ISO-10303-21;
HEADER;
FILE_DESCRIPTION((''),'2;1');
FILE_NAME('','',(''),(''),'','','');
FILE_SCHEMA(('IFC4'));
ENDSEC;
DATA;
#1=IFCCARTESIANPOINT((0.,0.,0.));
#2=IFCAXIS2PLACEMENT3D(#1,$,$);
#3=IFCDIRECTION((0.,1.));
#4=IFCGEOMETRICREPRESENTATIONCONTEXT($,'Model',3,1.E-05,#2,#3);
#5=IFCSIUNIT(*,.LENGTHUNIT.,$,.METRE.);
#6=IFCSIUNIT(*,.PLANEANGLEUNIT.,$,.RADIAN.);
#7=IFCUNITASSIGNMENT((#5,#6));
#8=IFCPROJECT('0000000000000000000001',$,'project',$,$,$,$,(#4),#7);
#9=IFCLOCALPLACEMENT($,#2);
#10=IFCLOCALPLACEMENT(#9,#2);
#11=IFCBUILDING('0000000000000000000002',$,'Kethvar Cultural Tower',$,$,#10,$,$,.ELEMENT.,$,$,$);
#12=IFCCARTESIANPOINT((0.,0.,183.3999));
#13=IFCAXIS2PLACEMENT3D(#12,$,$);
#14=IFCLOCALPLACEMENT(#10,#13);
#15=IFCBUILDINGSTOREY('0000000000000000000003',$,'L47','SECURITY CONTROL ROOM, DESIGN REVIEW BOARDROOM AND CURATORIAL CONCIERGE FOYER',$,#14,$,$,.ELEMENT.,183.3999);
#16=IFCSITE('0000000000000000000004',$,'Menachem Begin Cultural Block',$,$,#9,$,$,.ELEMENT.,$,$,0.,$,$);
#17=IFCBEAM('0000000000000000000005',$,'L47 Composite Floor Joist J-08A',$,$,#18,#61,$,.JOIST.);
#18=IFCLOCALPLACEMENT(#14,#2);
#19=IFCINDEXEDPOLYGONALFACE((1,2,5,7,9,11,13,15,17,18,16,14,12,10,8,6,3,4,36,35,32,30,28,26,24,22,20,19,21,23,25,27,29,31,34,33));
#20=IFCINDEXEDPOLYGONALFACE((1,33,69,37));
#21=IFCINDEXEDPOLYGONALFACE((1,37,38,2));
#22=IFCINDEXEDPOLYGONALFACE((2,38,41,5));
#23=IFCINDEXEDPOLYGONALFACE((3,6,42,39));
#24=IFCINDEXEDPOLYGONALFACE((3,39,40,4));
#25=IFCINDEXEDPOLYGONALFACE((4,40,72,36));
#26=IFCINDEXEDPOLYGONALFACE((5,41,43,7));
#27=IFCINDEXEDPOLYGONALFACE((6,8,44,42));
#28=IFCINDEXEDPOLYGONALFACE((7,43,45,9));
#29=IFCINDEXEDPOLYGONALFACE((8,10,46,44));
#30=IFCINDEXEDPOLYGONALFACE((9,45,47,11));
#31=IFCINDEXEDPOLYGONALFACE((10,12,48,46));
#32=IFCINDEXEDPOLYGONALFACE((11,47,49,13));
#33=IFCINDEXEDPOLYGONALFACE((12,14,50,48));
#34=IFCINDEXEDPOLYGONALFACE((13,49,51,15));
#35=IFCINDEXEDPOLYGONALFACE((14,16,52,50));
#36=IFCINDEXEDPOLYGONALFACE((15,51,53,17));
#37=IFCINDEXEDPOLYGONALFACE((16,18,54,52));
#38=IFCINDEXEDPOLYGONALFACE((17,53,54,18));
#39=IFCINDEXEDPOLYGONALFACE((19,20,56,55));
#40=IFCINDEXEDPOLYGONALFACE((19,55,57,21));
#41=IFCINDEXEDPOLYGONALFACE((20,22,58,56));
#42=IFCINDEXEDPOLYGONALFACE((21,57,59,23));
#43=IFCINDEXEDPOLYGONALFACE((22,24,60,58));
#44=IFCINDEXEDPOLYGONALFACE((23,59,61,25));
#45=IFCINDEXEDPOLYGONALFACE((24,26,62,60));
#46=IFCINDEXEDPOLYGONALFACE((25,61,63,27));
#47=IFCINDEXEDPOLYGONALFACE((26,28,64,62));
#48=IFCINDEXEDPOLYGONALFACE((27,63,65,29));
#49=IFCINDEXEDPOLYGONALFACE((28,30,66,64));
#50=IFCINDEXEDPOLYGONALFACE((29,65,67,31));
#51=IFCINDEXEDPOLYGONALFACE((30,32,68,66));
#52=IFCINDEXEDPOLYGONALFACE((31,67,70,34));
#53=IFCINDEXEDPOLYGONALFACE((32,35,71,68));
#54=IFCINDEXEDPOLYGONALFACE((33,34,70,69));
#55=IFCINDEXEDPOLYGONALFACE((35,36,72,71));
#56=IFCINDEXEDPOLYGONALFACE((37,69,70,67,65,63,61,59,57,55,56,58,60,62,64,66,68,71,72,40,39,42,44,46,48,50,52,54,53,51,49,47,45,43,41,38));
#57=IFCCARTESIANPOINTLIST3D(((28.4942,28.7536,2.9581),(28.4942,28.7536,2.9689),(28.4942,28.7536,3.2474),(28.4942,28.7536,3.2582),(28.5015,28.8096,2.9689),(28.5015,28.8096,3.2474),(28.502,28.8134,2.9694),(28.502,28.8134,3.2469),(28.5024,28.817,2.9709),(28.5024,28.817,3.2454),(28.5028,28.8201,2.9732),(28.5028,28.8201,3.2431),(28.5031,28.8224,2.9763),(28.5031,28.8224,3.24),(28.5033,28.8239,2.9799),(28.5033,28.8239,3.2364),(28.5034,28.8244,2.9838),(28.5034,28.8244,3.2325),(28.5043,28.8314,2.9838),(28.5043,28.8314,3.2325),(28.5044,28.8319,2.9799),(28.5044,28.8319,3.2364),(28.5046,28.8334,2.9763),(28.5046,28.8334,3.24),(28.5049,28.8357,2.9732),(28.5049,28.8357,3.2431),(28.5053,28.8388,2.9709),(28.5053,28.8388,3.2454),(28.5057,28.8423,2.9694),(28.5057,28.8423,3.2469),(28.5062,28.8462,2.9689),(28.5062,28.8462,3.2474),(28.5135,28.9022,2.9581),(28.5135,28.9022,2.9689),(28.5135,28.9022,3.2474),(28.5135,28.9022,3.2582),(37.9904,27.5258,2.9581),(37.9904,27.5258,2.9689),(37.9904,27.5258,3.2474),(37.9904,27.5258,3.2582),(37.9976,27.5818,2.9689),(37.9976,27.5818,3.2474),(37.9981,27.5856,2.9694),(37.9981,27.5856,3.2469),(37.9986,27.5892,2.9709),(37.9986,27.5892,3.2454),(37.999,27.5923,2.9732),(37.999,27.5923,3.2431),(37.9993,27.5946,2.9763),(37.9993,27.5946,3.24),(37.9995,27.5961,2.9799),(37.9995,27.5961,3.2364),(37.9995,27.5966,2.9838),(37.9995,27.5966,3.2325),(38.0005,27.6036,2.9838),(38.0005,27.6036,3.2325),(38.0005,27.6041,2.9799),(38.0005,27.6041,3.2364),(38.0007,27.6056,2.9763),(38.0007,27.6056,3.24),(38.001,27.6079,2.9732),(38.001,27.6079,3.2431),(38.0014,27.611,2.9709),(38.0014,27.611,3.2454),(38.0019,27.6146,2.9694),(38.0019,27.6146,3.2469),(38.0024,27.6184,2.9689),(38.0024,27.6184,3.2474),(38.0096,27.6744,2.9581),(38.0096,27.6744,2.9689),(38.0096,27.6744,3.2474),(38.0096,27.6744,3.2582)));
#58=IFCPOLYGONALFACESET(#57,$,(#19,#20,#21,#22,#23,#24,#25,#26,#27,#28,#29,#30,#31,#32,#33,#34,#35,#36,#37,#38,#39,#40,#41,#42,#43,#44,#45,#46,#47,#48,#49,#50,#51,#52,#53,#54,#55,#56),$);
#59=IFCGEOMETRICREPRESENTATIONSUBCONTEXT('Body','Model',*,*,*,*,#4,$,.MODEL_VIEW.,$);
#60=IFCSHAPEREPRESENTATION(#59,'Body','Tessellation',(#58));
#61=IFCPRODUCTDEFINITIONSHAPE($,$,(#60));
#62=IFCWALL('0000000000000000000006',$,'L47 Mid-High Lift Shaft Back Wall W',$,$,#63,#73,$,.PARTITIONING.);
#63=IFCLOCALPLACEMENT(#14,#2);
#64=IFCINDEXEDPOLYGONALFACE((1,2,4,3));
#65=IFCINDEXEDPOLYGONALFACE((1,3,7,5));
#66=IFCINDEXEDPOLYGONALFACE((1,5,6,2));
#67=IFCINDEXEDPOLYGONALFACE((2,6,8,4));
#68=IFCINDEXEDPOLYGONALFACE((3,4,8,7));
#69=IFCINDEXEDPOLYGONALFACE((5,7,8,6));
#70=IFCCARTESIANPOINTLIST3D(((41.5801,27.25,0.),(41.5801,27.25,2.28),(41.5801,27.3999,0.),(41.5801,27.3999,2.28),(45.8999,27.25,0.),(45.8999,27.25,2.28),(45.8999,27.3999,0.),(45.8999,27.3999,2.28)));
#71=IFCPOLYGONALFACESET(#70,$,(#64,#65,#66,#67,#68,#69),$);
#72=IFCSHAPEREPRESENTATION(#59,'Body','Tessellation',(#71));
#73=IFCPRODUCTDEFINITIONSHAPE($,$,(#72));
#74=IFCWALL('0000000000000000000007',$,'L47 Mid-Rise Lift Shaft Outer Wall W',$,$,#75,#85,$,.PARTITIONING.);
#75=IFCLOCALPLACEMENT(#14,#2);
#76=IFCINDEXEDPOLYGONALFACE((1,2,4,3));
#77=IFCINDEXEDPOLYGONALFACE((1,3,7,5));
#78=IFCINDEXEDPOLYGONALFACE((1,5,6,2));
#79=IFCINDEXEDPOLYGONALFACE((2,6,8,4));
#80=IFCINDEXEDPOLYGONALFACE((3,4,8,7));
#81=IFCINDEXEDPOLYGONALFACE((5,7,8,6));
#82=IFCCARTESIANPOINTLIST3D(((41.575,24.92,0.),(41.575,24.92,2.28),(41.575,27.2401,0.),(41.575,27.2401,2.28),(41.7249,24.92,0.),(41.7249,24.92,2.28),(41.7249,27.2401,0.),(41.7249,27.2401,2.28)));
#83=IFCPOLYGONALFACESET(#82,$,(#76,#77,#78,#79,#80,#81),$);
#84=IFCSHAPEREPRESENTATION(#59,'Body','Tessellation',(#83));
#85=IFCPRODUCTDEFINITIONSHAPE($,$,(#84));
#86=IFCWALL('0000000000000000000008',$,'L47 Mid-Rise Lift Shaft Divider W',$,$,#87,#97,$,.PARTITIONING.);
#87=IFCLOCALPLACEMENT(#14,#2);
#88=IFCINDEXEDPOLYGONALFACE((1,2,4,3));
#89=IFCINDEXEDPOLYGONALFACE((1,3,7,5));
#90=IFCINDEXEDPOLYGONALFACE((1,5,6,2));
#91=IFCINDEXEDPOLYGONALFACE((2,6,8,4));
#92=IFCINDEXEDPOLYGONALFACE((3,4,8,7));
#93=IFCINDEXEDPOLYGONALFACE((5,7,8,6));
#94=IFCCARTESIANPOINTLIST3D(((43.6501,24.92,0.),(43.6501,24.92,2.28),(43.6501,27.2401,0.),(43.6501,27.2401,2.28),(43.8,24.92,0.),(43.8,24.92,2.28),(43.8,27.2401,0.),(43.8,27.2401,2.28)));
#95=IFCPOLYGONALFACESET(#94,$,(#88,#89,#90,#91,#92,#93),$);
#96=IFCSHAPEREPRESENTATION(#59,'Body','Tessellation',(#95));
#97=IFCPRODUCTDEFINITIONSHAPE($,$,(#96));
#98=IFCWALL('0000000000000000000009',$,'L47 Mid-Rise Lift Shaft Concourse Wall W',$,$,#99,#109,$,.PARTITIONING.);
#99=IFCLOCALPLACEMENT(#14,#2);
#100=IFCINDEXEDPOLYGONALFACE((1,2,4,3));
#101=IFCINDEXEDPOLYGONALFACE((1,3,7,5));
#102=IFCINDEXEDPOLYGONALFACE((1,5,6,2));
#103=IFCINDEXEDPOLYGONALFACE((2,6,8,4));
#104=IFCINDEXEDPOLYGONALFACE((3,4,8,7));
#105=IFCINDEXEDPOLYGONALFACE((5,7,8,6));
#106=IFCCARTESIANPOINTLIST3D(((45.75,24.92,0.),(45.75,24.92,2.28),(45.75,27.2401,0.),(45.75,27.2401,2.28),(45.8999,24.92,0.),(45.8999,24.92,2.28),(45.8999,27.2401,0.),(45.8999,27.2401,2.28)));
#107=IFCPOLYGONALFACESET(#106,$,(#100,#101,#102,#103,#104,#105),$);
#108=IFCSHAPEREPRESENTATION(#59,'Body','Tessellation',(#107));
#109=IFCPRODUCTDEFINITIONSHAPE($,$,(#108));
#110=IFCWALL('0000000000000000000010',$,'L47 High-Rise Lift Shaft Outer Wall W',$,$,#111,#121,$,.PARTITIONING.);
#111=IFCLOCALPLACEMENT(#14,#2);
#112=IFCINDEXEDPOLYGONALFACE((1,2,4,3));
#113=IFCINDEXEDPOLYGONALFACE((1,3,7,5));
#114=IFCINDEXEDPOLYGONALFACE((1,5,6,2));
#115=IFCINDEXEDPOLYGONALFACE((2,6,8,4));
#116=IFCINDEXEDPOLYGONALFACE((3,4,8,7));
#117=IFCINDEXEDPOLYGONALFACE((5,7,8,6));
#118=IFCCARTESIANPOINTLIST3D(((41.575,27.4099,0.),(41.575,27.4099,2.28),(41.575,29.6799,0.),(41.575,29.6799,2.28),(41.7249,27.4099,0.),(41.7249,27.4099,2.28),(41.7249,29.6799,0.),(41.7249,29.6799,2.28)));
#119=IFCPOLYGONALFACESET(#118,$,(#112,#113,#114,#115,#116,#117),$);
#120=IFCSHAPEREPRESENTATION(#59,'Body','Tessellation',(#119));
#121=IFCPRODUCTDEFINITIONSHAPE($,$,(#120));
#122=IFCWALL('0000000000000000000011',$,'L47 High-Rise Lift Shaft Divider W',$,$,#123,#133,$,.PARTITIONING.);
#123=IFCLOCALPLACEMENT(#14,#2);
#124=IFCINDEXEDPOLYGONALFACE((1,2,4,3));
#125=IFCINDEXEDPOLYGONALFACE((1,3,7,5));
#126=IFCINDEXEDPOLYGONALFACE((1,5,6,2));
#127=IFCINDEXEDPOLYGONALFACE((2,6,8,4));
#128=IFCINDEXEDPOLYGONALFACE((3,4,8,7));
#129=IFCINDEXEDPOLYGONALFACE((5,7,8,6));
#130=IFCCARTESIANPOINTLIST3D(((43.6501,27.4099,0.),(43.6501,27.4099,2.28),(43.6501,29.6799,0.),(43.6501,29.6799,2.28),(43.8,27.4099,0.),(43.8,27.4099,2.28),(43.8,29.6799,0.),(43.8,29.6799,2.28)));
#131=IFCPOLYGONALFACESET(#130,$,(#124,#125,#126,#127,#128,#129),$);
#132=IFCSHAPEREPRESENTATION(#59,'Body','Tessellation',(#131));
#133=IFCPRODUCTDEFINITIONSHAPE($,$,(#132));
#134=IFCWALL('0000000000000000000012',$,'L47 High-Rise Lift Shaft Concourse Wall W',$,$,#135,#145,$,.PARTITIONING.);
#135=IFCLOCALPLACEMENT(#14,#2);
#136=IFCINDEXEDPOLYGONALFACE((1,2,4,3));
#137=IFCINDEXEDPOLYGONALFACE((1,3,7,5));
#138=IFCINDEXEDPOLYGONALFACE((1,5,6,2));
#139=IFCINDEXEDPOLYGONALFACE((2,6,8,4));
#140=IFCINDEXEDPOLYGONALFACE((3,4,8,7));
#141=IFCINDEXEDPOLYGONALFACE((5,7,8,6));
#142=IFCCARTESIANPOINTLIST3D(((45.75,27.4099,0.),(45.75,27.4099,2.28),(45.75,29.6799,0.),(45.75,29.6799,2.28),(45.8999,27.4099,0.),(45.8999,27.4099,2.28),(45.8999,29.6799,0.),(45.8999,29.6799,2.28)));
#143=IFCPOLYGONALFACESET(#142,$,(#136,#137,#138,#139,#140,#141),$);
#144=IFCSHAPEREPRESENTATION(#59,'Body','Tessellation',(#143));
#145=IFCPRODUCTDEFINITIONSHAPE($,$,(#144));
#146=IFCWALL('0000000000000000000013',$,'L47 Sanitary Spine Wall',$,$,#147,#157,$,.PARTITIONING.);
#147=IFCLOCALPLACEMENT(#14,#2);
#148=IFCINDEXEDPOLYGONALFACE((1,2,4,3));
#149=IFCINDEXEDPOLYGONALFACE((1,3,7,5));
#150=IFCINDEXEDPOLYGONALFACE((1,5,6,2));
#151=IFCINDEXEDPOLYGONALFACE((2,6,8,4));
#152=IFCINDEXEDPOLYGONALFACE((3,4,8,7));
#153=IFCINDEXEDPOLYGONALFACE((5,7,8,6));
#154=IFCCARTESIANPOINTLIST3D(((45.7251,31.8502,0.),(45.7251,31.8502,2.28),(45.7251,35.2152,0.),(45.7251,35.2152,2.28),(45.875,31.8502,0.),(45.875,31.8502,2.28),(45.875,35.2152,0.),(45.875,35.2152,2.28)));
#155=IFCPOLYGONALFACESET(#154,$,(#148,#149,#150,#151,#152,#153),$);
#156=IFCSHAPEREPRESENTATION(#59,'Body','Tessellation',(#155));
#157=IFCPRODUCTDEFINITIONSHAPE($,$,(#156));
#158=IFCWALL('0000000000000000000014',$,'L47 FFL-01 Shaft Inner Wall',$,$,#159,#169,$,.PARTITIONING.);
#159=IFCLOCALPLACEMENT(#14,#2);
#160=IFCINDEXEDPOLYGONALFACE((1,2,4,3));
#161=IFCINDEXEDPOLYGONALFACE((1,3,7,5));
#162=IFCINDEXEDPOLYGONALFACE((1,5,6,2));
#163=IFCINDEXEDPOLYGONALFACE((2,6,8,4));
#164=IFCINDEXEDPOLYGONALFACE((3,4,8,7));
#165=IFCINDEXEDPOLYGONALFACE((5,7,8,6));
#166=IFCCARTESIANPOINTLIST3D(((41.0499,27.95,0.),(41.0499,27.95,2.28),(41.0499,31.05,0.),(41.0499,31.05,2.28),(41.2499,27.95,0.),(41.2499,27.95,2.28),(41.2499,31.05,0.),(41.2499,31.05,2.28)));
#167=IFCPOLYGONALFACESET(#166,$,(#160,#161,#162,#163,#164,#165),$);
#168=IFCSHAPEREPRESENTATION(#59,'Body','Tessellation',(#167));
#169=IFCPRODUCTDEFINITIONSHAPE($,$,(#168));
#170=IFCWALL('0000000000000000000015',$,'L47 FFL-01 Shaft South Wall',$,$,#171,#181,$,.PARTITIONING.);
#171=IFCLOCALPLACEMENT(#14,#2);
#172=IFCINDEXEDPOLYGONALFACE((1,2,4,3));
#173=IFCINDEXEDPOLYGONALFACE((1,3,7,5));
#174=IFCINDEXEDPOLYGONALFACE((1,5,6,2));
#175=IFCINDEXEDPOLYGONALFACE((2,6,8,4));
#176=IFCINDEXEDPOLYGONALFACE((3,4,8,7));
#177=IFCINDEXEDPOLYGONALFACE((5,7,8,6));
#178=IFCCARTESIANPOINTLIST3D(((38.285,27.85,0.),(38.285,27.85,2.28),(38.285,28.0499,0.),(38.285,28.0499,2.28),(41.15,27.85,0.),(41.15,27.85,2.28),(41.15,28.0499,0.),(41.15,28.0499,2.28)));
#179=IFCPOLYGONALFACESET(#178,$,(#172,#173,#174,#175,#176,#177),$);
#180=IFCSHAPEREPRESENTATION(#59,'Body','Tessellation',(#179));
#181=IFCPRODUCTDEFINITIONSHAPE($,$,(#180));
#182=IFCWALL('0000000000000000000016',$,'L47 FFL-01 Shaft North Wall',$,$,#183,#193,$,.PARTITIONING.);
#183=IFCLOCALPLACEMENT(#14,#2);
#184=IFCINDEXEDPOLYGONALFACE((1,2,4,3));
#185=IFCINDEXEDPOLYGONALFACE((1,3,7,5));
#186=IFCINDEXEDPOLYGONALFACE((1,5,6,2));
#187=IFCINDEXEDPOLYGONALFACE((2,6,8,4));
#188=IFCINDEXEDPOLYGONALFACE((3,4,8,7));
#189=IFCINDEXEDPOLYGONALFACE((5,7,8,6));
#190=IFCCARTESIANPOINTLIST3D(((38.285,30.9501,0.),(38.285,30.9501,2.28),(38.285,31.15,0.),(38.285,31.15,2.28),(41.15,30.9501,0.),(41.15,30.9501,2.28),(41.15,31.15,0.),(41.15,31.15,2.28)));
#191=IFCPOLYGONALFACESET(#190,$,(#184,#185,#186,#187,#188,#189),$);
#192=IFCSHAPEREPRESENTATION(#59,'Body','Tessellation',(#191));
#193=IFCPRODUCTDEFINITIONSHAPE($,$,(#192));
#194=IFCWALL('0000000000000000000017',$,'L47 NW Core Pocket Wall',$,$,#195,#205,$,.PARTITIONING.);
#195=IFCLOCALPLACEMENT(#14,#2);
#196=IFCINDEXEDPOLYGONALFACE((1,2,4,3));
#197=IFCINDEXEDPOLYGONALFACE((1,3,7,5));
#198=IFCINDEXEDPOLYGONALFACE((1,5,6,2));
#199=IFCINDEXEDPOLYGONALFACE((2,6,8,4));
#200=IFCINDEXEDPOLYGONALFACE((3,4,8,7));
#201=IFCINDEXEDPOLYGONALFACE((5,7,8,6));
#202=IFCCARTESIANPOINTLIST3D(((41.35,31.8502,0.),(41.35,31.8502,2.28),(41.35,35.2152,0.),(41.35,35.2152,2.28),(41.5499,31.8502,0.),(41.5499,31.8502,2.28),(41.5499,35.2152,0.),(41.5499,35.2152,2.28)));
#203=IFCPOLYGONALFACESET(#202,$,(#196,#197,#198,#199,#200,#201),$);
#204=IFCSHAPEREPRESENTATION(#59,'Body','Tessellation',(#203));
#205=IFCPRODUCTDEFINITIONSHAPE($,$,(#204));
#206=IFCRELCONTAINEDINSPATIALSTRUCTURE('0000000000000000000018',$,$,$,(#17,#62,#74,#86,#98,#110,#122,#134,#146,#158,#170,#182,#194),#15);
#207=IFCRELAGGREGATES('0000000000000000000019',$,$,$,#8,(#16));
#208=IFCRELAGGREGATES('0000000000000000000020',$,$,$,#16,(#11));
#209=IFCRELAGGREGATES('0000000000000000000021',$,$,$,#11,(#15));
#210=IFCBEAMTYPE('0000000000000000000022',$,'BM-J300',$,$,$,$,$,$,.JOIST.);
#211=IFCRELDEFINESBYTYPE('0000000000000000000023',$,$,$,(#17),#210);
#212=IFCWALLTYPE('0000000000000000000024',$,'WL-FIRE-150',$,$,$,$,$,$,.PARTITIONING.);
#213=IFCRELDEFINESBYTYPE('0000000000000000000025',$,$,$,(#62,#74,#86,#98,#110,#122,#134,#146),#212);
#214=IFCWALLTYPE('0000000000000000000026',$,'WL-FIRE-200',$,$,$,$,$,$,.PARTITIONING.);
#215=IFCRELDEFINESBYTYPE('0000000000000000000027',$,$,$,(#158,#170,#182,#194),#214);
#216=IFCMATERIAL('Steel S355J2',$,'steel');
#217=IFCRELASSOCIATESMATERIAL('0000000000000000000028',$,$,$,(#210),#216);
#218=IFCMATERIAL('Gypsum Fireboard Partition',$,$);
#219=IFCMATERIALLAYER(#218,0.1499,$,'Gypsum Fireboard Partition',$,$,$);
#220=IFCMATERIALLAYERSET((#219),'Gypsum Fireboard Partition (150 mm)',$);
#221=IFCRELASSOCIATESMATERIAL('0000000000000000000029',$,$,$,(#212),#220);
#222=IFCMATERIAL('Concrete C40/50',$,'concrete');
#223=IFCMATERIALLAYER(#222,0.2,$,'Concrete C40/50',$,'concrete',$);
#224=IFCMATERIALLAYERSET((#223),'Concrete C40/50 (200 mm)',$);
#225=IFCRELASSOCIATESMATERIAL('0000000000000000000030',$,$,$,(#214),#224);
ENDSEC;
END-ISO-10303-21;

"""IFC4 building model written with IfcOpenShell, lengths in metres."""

from ifc_helpers import new_model, si_unit, direction, frame, frame_2d, origin, origin_2d, place, context, subcontext, project, spatial, rectangle, i_section, extrude, source, transform, mapped, material, layer, layer_set, material_profile, profile_set, type_object, element, save


model = new_model("IFC4")

# Units and contexts
model_context = context("Model", 3, precision=1e-05, world=origin(), true_north=direction((0.0, 1.0)))
body_context = subcontext(model_context, "Body", "Model", "MODEL_VIEW")
ifc_project = project(units=[si_unit("LENGTHUNIT", "METRE"), si_unit("PLANEANGLEUNIT", "RADIAN")], contexts=[model_context])

# Site, building, storey
site_placement = place(None, origin())
site = spatial("IfcSite", under=ifc_project, at=site_placement, Name="Menachem Begin Cultural Block", CompositionType="ELEMENT", RefElevation=0.0)
building_placement = place(site_placement, origin())
building = spatial("IfcBuilding", under=site, at=building_placement, Name="Kethvar Cultural Tower", CompositionType="ELEMENT")
storey_placement = place(building_placement, frame((0.0, 0.0, 183.3999)))
storey = spatial("IfcBuildingStorey", under=building, at=storey_placement, Name="L47", Description="SECURITY CONTROL ROOM, DESIGN REVIEW BOARDROOM AND CURATORIAL CONCIERGE FOYER", CompositionType="ELEMENT", Elevation=183.3999)

# Beam
ifc_material_1 = material(Name="Steel S355J2", Category="steel")
ifc_material_profile_1 = material_profile(ifc_material_1, i_section(OverallWidth=0.1499, OverallDepth=0.3, WebThickness=0.0071, FlangeThickness=0.0107, FilletRadius=0.0149, at=origin_2d()), Name="Steel S355J2 — IPE300")
ifc_profile_set_1 = profile_set([ifc_material_profile_1], Name="Steel S355J2 — IPE300")
beam_type_1 = type_object("IfcBeamType", Name="BM-J300", PredefinedType="JOIST", material=ifc_profile_set_1)
shared_shape_1 = source(origin(), body_context, "Body", "SweptSolid", [
    extrude(i_section(OverallWidth=0.1499, OverallDepth=0.3, WebThickness=0.0071, FlangeThickness=0.0107, FilletRadius=0.0149, at=origin_2d()), origin(), (0.0, 0.0, 1.0), 9.5752),
])
beam_1_placement = place(storey_placement, frame((38.0, 27.6001, 3.1082), z_axis=(-0.991745, 0.128226, 0.0), x_axis=(-0.128226, -0.991745, 0.0)))
element("IfcBeam", 1, at=beam_1_placement, inside=storey, type_object=beam_type_1, Name="L47 Composite Floor Joist J-08A", PredefinedType="JOIST", context=body_context, shape_type="MappedRepresentation", body=[
    mapped(shared_shape_1, transform((0.0, 0.0, 0.0), scale=1.0)),
])

# Walls
ifc_material_2 = material(Name="Gypsum Fireboard Partition")
ifc_layer_1 = layer(ifc_material_2, 0.1499, Name="Gypsum Fireboard Partition")
ifc_layer_set_1 = layer_set([ifc_layer_1], Name="Gypsum Fireboard Partition (150 mm)")
wall_type_1 = type_object("IfcWallType", Name="WL-FIRE-150", PredefinedType="PARTITIONING", material=ifc_layer_set_1)
wall_1_placement = place(storey_placement, frame((41.5801, 27.325, 0.0), z_axis=(0.0, 0.0, 1.0), x_axis=(1.0, 0.0, 0.0)))
element("IfcWall", 2, at=wall_1_placement, inside=storey, type_object=wall_type_1, Name="L47 Mid-High Lift Shaft Back Wall W", PredefinedType="PARTITIONING", context=body_context, shape_type="SweptSolid", body=[
    extrude(rectangle(XDim=4.3198, YDim=0.1499, at=frame_2d((2.1599, 0.0))), origin(), (0.0, 0.0, 1.0), 2.28),
])
for number, where, z_axis, x_axis, name in (
    (3, (41.6499, 24.9199, 0.0), (0.0, 0.0, 1.0), (0.0, 1.0, 0.0), "L47 Mid-Rise Lift Shaft Outer Wall W"),
    (4, (43.7251, 24.9199, 0.0), (0.0, 0.0, 1.0), (0.0, 1.0, 0.0), "L47 Mid-Rise Lift Shaft Divider W"),
    (5, (45.825, 24.9199, 0.0), (0.0, 0.0, 1.0), (0.0, 1.0, 0.0), "L47 Mid-Rise Lift Shaft Concourse Wall W"),
):
    element("IfcWall", number, at=place(storey_placement, frame(where, z_axis=z_axis, x_axis=x_axis)), inside=storey, type_object=wall_type_1, Name=name, PredefinedType="PARTITIONING", context=body_context, shape_type="SweptSolid", body=[
        extrude(rectangle(XDim=2.3201, YDim=0.1499, at=frame_2d((1.1602, 0.0))), origin(), (0.0, 0.0, 1.0), 2.28),
    ])
for number, where, z_axis, x_axis, name in (
    (6, (41.6499, 27.4099, 0.0), (0.0, 0.0, 1.0), (0.0, 1.0, 0.0), "L47 High-Rise Lift Shaft Outer Wall W"),
    (7, (43.7251, 27.4099, 0.0), (0.0, 0.0, 1.0), (0.0, 1.0, 0.0), "L47 High-Rise Lift Shaft Divider W"),
    (8, (45.825, 27.4099, 0.0), (0.0, 0.0, 1.0), (0.0, 1.0, 0.0), "L47 High-Rise Lift Shaft Concourse Wall W"),
):
    element("IfcWall", number, at=place(storey_placement, frame(where, z_axis=z_axis, x_axis=x_axis)), inside=storey, type_object=wall_type_1, Name=name, PredefinedType="PARTITIONING", context=body_context, shape_type="SweptSolid", body=[
        extrude(rectangle(XDim=2.27, YDim=0.1499, at=frame_2d((1.135, 0.0))), origin(), (0.0, 0.0, 1.0), 2.28),
    ])
wall_2_placement = place(storey_placement, frame((45.8, 31.8501, 0.0), z_axis=(0.0, 0.0, 1.0), x_axis=(0.0, 1.0, 0.0)))
element("IfcWall", 9, at=wall_2_placement, inside=storey, type_object=wall_type_1, Name="L47 Sanitary Spine Wall", PredefinedType="PARTITIONING", context=body_context, shape_type="SweptSolid", body=[
    extrude(rectangle(XDim=3.365, YDim=0.1499, at=frame_2d((1.6826, 0.0))), origin(), (0.0, 0.0, 1.0), 2.28),
])
ifc_material_3 = material(Name="Concrete C40/50", Category="concrete")
ifc_layer_2 = layer(ifc_material_3, 0.2, Name="Concrete C40/50", Category="concrete")
ifc_layer_set_2 = layer_set([ifc_layer_2], Name="Concrete C40/50 (200 mm)")
wall_type_2 = type_object("IfcWallType", Name="WL-FIRE-200", PredefinedType="PARTITIONING", material=ifc_layer_set_2)
wall_3_placement = place(storey_placement, frame((41.1499, 27.95, 0.0), z_axis=(0.0, 0.0, 1.0), x_axis=(0.0, 1.0, 0.0)))
element("IfcWall", 10, at=wall_3_placement, inside=storey, type_object=wall_type_2, Name="L47 FFL-01 Shaft Inner Wall", PredefinedType="PARTITIONING", context=body_context, shape_type="SweptSolid", body=[
    extrude(rectangle(XDim=3.1001, YDim=0.2, at=frame_2d((1.55, 0.0))), origin(), (0.0, 0.0, 1.0), 2.28),
])
for number, where, z_axis, x_axis, name in (
    (11, (38.2849, 27.95, 0.0), (0.0, 0.0, 1.0), (1.0, 0.0, 0.0), "L47 FFL-01 Shaft South Wall"),
    (12, (38.2849, 31.05, 0.0), (0.0, 0.0, 1.0), (1.0, 0.0, 0.0), "L47 FFL-01 Shaft North Wall"),
):
    element("IfcWall", number, at=place(storey_placement, frame(where, z_axis=z_axis, x_axis=x_axis)), inside=storey, type_object=wall_type_2, Name=name, PredefinedType="PARTITIONING", context=body_context, shape_type="SweptSolid", body=[
        extrude(rectangle(XDim=2.865, YDim=0.2, at=frame_2d((1.4326, 0.0))), origin(), (0.0, 0.0, 1.0), 2.28),
    ])
wall_4_placement = place(storey_placement, frame((41.45, 31.8501, 0.0), z_axis=(0.0, 0.0, 1.0), x_axis=(0.0, 1.0, 0.0)))
element("IfcWall", 13, at=wall_4_placement, inside=storey, type_object=wall_type_2, Name="L47 NW Core Pocket Wall", PredefinedType="PARTITIONING", context=body_context, shape_type="SweptSolid", body=[
    extrude(rectangle(XDim=3.365, YDim=0.2, at=frame_2d((1.6826, 0.0))), origin(), (0.0, 0.0, 1.0), 2.28),
])

save(model, "model.ifc")
